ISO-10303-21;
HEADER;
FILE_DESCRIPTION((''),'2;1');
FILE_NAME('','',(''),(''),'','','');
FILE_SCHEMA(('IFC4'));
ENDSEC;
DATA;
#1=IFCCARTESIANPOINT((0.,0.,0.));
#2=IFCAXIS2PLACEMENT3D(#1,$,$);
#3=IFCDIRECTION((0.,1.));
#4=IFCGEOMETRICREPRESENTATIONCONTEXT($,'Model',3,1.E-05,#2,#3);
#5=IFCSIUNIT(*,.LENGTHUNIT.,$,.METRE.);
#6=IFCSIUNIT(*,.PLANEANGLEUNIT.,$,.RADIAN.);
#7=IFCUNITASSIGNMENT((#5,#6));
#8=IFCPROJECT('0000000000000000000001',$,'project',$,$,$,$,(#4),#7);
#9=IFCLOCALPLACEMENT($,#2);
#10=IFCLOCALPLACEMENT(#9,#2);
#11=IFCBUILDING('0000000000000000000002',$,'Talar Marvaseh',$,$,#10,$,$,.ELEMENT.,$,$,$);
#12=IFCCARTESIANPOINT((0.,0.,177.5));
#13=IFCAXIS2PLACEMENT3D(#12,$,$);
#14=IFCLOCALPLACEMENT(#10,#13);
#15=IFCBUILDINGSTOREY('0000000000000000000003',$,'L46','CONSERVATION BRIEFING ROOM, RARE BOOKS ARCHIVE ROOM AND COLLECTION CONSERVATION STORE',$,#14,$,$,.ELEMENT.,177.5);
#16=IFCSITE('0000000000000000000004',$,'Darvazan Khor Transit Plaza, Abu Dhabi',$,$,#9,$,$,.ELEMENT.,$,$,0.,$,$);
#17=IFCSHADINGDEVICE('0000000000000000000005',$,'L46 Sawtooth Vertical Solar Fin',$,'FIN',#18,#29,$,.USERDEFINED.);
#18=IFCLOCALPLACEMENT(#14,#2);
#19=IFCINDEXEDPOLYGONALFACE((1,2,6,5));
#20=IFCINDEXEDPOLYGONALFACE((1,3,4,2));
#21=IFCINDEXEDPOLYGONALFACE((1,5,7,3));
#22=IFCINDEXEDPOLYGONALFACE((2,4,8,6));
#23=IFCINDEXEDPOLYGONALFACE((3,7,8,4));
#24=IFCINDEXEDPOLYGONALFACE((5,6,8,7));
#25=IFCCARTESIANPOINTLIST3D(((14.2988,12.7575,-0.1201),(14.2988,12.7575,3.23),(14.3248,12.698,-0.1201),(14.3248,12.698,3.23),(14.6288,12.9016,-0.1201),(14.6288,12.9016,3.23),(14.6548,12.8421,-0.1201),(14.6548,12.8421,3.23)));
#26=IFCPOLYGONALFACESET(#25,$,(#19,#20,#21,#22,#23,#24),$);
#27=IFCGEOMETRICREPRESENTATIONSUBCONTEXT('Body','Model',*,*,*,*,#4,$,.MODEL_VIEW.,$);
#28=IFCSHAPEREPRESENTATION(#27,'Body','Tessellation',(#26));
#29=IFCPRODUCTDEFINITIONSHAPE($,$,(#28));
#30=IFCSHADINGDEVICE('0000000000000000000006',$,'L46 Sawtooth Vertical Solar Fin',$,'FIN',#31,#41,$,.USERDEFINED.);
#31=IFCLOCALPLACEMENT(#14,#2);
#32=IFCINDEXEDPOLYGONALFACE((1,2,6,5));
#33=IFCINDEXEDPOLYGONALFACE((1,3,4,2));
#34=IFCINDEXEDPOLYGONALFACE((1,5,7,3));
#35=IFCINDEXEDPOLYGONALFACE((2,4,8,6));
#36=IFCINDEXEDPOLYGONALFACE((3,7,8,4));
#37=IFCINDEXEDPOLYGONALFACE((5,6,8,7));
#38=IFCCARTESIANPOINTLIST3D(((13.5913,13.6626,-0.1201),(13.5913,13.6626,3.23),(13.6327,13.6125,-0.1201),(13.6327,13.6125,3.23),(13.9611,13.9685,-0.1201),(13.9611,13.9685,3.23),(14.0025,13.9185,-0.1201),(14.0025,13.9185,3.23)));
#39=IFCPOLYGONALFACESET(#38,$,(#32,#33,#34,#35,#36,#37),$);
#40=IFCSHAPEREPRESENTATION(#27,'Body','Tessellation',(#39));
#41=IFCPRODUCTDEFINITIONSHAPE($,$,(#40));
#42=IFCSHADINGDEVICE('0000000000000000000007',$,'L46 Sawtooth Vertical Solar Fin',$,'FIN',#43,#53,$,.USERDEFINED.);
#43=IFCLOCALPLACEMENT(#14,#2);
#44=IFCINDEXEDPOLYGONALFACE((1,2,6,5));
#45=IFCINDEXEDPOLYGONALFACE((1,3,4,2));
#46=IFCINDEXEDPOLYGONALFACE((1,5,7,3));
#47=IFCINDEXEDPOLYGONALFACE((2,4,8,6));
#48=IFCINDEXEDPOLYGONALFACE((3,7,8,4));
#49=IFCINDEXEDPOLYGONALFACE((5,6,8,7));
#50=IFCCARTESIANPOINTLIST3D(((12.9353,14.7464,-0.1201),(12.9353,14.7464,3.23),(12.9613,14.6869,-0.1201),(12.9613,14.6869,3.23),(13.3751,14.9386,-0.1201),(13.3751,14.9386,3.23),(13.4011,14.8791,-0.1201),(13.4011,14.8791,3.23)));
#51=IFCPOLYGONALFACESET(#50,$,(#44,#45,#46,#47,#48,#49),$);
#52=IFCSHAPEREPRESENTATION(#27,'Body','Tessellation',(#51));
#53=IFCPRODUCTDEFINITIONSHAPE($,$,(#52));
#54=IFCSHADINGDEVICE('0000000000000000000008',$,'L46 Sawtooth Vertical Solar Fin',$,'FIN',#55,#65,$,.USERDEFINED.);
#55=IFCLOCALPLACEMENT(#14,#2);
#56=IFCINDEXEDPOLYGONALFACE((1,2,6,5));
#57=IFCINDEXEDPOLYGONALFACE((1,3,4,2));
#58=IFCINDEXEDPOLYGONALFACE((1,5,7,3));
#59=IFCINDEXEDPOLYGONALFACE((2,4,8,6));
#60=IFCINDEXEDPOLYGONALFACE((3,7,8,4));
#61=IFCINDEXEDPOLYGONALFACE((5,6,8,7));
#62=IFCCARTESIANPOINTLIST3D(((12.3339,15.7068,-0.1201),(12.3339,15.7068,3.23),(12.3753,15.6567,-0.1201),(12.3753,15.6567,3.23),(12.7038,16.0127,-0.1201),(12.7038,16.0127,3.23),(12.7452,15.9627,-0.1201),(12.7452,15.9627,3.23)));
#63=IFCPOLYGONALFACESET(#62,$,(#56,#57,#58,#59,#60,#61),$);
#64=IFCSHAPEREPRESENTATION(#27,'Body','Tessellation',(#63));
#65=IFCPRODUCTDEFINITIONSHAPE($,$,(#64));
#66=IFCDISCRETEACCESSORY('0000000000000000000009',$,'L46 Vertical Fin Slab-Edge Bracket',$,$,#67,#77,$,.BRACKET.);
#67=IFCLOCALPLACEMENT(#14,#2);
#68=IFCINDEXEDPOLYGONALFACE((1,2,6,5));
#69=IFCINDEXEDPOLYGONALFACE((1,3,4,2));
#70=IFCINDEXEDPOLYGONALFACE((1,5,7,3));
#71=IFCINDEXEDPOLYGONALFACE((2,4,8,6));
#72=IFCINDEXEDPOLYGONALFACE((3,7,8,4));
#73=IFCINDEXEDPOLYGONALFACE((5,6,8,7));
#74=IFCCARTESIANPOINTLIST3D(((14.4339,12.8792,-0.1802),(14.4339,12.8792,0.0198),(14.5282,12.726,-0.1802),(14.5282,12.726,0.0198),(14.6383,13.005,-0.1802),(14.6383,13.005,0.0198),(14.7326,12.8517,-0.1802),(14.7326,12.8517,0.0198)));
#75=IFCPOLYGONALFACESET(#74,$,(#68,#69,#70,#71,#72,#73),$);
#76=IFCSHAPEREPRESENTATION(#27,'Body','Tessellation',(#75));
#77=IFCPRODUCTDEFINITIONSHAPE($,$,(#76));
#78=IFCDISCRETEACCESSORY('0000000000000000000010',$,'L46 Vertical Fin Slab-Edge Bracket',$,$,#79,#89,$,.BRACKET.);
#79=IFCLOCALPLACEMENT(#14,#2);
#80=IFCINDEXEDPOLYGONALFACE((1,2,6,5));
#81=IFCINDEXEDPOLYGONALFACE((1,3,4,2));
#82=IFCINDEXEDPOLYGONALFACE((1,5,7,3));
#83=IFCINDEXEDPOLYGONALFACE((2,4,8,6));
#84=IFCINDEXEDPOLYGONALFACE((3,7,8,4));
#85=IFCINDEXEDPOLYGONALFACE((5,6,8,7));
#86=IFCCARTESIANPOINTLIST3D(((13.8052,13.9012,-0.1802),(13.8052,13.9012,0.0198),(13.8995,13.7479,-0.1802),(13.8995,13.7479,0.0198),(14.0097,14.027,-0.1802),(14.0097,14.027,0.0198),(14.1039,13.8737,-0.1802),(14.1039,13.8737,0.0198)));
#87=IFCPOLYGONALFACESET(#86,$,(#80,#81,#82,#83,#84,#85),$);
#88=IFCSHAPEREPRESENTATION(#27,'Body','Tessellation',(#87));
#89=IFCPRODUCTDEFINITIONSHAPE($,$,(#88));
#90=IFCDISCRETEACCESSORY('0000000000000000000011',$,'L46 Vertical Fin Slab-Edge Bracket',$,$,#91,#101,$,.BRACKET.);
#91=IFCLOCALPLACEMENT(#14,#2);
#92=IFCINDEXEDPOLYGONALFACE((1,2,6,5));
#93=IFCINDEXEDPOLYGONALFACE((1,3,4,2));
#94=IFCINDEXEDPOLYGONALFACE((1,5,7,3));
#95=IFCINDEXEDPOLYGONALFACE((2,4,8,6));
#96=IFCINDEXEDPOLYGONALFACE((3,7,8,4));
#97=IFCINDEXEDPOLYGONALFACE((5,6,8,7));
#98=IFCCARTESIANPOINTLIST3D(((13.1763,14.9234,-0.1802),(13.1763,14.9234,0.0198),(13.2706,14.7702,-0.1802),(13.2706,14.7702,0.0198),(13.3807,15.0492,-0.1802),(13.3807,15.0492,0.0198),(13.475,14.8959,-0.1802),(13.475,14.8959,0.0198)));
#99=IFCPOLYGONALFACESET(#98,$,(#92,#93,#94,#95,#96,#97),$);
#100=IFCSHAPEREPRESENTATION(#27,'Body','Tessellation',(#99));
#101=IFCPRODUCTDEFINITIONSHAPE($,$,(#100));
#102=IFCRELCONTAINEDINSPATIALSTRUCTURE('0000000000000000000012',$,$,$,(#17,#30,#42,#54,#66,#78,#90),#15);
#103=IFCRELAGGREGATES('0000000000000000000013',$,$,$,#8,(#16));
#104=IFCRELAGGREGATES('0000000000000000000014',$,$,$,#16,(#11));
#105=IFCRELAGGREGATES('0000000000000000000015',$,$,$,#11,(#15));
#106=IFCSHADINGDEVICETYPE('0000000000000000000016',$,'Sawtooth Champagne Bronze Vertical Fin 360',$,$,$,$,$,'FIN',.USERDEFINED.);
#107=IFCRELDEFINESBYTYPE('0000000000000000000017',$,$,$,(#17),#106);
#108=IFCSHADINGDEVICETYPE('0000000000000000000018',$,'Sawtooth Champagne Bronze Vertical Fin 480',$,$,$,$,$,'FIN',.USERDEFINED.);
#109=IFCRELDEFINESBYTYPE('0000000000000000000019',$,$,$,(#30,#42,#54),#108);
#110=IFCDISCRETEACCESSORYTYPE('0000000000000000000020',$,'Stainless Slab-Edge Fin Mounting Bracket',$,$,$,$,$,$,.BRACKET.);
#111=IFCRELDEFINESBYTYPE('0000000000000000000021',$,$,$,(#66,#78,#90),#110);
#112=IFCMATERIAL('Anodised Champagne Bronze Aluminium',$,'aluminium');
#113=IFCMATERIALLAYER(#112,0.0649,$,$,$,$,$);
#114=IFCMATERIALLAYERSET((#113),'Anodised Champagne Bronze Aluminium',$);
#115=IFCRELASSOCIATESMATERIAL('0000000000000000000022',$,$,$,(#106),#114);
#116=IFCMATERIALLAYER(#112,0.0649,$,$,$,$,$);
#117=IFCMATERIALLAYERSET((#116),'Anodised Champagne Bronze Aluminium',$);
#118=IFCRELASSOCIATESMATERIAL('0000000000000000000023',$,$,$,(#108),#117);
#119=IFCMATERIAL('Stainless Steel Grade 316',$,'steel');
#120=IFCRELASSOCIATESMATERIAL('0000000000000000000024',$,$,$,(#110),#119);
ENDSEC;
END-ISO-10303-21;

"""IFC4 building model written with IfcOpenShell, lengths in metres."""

from ifc_helpers import new_model, si_unit, direction, frame, origin, origin_2d, place, context, subcontext, project, spatial, rectangle, extrude, source, transform, mapped, material, layer, layer_set, type_object, type_shapes, element, save


model = new_model("IFC4")

# Units and contexts
model_context = context("Model", 3, precision=1e-05, world=origin(), true_north=direction((0.0, 1.0)))
body_context = subcontext(model_context, "Body", "Model", "MODEL_VIEW")
ifc_project = project(units=[si_unit("LENGTHUNIT", "METRE"), si_unit("PLANEANGLEUNIT", "RADIAN")], contexts=[model_context])

# Site, building, storey
site_placement = place(None, origin())
site = spatial("IfcSite", under=ifc_project, at=site_placement, Name="Darvazan Khor Transit Plaza, Abu Dhabi", CompositionType="ELEMENT", RefElevation=0.0)
building_placement = place(site_placement, origin())
building = spatial("IfcBuilding", under=site, at=building_placement, Name="Talar Marvaseh", CompositionType="ELEMENT")
storey_placement = place(building_placement, frame((0.0, 0.0, 177.5)))
storey = spatial("IfcBuildingStorey", under=building, at=storey_placement, Name="L46", Description="CONSERVATION BRIEFING ROOM, RARE BOOKS ARCHIVE ROOM AND COLLECTION CONSERVATION STORE", CompositionType="ELEMENT", Elevation=177.5)

# Shading devices
ifc_material_1 = material(Name="Anodised Champagne Bronze Aluminium", Category="aluminium")
ifc_layer_1 = layer(ifc_material_1, 0.0649)
ifc_layer_set_1 = layer_set([ifc_layer_1], Name="Anodised Champagne Bronze Aluminium")
shading_device_type_1 = type_object("IfcShadingDeviceType", Name="Sawtooth Champagne Bronze Vertical Fin 360", ElementType="FIN", PredefinedType="USERDEFINED", material=ifc_layer_set_1)
shared_shape_1 = source(origin(), body_context, "Body", "SweptSolid", [
    extrude(rectangle(XDim=0.3601, YDim=0.0649, at=origin_2d()), origin(), (0.0, 0.0, 1.0), 3.3501),
])
type_shapes(shading_device_type_1, [shared_shape_1])
shading_device_placement = place(storey_placement, frame((14.4768, 12.7998, -0.1201), z_axis=(0.0, 0.0, 1.0), x_axis=(-0.916363, -0.400349, 0.0)))
element("IfcShadingDevice", 1, at=shading_device_placement, inside=storey, type_object=shading_device_type_1, Name="L46 Sawtooth Vertical Solar Fin", ObjectType="FIN", PredefinedType="USERDEFINED", context=body_context, shape_type="MappedRepresentation", body=[
    mapped(shared_shape_1, transform((0.0, 0.0, 0.0), x_axis=(1.0, 0.0, 0.0), y_axis=(0.0, 1.0, 0.0), z_axis=(0.0, 0.0, 1.0), scale=1.0)),
])
ifc_layer_2 = layer(ifc_material_1, 0.0649)
ifc_layer_set_2 = layer_set([ifc_layer_2], Name="Anodised Champagne Bronze Aluminium")
shading_device_type_2 = type_object("IfcShadingDeviceType", Name="Sawtooth Champagne Bronze Vertical Fin 480", ElementType="FIN", PredefinedType="USERDEFINED", material=ifc_layer_set_2)
shared_shape_2 = source(origin(), body_context, "Body", "SweptSolid", [
    extrude(rectangle(XDim=0.48, YDim=0.0649, at=origin_2d()), origin(), (0.0, 0.0, 1.0), 3.3501),
])
type_shapes(shading_device_type_2, [shared_shape_2])
for number, where, z_axis, x_axis, name in (
    (2, (13.7969, 13.7905, -0.1201), (0.0, 0.0, 1.0), (-0.770513, -0.637424, 0.0), "L46 Sawtooth Vertical Solar Fin"),
    (3, (13.1682, 14.8127, -0.1201), (0.0, 0.0, 1.0), (-0.916363, -0.400349, 0.0), "L46 Sawtooth Vertical Solar Fin"),
    (4, (12.5396, 15.8347, -0.1201), (0.0, 0.0, 1.0), (-0.770513, -0.637424, 0.0), "L46 Sawtooth Vertical Solar Fin"),
):
    element("IfcShadingDevice", number, at=place(storey_placement, frame(where, z_axis=z_axis, x_axis=x_axis)), inside=storey, type_object=shading_device_type_2, Name=name, ObjectType="FIN", PredefinedType="USERDEFINED", context=body_context, shape_type="MappedRepresentation", body=[
        mapped(shared_shape_2, transform((0.0, 0.0, 0.0), x_axis=(1.0, 0.0, 0.0), y_axis=(0.0, 1.0, 0.0), z_axis=(0.0, 0.0, 1.0), scale=1.0)),
    ])

# Discrete accessories
ifc_material_2 = material(Name="Stainless Steel Grade 316", Category="steel")
discrete_accessory_type = type_object("IfcDiscreteAccessoryType", Name="Stainless Slab-Edge Fin Mounting Bracket", PredefinedType="BRACKET", material=ifc_material_2)
shared_shape_3 = source(origin(), body_context, "Body", "SweptSolid", [
    extrude(rectangle(XDim=0.24, YDim=0.1799, at=origin_2d()), origin(), (0.0, 0.0, 1.0), 0.2),
])
type_shapes(discrete_accessory_type, [shared_shape_3])
for number, where, z_axis, x_axis, name in (
    (5, (14.5833, 12.8655, -0.1802), (0.0, 0.0, 1.0), (-0.851727, -0.523986, 0.0), "L46 Vertical Fin Slab-Edge Bracket"),
    (6, (13.9546, 13.8875, -0.1802), (0.0, 0.0, 1.0), (-0.851727, -0.523986, 0.0), "L46 Vertical Fin Slab-Edge Bracket"),
    (7, (13.3257, 14.9097, -0.1802), (0.0, 0.0, 1.0), (-0.851727, -0.523986, 0.0), "L46 Vertical Fin Slab-Edge Bracket"),
):
    element("IfcDiscreteAccessory", number, at=place(storey_placement, frame(where, z_axis=z_axis, x_axis=x_axis)), inside=storey, type_object=discrete_accessory_type, Name=name, PredefinedType="BRACKET", context=body_context, shape_type="MappedRepresentation", body=[
        mapped(shared_shape_3, transform((0.0, 0.0, 0.0), x_axis=(1.0, 0.0, 0.0), y_axis=(0.0, 1.0, 0.0), z_axis=(0.0, 0.0, 1.0), scale=1.0)),
    ])

save(model, "model.ifc")
